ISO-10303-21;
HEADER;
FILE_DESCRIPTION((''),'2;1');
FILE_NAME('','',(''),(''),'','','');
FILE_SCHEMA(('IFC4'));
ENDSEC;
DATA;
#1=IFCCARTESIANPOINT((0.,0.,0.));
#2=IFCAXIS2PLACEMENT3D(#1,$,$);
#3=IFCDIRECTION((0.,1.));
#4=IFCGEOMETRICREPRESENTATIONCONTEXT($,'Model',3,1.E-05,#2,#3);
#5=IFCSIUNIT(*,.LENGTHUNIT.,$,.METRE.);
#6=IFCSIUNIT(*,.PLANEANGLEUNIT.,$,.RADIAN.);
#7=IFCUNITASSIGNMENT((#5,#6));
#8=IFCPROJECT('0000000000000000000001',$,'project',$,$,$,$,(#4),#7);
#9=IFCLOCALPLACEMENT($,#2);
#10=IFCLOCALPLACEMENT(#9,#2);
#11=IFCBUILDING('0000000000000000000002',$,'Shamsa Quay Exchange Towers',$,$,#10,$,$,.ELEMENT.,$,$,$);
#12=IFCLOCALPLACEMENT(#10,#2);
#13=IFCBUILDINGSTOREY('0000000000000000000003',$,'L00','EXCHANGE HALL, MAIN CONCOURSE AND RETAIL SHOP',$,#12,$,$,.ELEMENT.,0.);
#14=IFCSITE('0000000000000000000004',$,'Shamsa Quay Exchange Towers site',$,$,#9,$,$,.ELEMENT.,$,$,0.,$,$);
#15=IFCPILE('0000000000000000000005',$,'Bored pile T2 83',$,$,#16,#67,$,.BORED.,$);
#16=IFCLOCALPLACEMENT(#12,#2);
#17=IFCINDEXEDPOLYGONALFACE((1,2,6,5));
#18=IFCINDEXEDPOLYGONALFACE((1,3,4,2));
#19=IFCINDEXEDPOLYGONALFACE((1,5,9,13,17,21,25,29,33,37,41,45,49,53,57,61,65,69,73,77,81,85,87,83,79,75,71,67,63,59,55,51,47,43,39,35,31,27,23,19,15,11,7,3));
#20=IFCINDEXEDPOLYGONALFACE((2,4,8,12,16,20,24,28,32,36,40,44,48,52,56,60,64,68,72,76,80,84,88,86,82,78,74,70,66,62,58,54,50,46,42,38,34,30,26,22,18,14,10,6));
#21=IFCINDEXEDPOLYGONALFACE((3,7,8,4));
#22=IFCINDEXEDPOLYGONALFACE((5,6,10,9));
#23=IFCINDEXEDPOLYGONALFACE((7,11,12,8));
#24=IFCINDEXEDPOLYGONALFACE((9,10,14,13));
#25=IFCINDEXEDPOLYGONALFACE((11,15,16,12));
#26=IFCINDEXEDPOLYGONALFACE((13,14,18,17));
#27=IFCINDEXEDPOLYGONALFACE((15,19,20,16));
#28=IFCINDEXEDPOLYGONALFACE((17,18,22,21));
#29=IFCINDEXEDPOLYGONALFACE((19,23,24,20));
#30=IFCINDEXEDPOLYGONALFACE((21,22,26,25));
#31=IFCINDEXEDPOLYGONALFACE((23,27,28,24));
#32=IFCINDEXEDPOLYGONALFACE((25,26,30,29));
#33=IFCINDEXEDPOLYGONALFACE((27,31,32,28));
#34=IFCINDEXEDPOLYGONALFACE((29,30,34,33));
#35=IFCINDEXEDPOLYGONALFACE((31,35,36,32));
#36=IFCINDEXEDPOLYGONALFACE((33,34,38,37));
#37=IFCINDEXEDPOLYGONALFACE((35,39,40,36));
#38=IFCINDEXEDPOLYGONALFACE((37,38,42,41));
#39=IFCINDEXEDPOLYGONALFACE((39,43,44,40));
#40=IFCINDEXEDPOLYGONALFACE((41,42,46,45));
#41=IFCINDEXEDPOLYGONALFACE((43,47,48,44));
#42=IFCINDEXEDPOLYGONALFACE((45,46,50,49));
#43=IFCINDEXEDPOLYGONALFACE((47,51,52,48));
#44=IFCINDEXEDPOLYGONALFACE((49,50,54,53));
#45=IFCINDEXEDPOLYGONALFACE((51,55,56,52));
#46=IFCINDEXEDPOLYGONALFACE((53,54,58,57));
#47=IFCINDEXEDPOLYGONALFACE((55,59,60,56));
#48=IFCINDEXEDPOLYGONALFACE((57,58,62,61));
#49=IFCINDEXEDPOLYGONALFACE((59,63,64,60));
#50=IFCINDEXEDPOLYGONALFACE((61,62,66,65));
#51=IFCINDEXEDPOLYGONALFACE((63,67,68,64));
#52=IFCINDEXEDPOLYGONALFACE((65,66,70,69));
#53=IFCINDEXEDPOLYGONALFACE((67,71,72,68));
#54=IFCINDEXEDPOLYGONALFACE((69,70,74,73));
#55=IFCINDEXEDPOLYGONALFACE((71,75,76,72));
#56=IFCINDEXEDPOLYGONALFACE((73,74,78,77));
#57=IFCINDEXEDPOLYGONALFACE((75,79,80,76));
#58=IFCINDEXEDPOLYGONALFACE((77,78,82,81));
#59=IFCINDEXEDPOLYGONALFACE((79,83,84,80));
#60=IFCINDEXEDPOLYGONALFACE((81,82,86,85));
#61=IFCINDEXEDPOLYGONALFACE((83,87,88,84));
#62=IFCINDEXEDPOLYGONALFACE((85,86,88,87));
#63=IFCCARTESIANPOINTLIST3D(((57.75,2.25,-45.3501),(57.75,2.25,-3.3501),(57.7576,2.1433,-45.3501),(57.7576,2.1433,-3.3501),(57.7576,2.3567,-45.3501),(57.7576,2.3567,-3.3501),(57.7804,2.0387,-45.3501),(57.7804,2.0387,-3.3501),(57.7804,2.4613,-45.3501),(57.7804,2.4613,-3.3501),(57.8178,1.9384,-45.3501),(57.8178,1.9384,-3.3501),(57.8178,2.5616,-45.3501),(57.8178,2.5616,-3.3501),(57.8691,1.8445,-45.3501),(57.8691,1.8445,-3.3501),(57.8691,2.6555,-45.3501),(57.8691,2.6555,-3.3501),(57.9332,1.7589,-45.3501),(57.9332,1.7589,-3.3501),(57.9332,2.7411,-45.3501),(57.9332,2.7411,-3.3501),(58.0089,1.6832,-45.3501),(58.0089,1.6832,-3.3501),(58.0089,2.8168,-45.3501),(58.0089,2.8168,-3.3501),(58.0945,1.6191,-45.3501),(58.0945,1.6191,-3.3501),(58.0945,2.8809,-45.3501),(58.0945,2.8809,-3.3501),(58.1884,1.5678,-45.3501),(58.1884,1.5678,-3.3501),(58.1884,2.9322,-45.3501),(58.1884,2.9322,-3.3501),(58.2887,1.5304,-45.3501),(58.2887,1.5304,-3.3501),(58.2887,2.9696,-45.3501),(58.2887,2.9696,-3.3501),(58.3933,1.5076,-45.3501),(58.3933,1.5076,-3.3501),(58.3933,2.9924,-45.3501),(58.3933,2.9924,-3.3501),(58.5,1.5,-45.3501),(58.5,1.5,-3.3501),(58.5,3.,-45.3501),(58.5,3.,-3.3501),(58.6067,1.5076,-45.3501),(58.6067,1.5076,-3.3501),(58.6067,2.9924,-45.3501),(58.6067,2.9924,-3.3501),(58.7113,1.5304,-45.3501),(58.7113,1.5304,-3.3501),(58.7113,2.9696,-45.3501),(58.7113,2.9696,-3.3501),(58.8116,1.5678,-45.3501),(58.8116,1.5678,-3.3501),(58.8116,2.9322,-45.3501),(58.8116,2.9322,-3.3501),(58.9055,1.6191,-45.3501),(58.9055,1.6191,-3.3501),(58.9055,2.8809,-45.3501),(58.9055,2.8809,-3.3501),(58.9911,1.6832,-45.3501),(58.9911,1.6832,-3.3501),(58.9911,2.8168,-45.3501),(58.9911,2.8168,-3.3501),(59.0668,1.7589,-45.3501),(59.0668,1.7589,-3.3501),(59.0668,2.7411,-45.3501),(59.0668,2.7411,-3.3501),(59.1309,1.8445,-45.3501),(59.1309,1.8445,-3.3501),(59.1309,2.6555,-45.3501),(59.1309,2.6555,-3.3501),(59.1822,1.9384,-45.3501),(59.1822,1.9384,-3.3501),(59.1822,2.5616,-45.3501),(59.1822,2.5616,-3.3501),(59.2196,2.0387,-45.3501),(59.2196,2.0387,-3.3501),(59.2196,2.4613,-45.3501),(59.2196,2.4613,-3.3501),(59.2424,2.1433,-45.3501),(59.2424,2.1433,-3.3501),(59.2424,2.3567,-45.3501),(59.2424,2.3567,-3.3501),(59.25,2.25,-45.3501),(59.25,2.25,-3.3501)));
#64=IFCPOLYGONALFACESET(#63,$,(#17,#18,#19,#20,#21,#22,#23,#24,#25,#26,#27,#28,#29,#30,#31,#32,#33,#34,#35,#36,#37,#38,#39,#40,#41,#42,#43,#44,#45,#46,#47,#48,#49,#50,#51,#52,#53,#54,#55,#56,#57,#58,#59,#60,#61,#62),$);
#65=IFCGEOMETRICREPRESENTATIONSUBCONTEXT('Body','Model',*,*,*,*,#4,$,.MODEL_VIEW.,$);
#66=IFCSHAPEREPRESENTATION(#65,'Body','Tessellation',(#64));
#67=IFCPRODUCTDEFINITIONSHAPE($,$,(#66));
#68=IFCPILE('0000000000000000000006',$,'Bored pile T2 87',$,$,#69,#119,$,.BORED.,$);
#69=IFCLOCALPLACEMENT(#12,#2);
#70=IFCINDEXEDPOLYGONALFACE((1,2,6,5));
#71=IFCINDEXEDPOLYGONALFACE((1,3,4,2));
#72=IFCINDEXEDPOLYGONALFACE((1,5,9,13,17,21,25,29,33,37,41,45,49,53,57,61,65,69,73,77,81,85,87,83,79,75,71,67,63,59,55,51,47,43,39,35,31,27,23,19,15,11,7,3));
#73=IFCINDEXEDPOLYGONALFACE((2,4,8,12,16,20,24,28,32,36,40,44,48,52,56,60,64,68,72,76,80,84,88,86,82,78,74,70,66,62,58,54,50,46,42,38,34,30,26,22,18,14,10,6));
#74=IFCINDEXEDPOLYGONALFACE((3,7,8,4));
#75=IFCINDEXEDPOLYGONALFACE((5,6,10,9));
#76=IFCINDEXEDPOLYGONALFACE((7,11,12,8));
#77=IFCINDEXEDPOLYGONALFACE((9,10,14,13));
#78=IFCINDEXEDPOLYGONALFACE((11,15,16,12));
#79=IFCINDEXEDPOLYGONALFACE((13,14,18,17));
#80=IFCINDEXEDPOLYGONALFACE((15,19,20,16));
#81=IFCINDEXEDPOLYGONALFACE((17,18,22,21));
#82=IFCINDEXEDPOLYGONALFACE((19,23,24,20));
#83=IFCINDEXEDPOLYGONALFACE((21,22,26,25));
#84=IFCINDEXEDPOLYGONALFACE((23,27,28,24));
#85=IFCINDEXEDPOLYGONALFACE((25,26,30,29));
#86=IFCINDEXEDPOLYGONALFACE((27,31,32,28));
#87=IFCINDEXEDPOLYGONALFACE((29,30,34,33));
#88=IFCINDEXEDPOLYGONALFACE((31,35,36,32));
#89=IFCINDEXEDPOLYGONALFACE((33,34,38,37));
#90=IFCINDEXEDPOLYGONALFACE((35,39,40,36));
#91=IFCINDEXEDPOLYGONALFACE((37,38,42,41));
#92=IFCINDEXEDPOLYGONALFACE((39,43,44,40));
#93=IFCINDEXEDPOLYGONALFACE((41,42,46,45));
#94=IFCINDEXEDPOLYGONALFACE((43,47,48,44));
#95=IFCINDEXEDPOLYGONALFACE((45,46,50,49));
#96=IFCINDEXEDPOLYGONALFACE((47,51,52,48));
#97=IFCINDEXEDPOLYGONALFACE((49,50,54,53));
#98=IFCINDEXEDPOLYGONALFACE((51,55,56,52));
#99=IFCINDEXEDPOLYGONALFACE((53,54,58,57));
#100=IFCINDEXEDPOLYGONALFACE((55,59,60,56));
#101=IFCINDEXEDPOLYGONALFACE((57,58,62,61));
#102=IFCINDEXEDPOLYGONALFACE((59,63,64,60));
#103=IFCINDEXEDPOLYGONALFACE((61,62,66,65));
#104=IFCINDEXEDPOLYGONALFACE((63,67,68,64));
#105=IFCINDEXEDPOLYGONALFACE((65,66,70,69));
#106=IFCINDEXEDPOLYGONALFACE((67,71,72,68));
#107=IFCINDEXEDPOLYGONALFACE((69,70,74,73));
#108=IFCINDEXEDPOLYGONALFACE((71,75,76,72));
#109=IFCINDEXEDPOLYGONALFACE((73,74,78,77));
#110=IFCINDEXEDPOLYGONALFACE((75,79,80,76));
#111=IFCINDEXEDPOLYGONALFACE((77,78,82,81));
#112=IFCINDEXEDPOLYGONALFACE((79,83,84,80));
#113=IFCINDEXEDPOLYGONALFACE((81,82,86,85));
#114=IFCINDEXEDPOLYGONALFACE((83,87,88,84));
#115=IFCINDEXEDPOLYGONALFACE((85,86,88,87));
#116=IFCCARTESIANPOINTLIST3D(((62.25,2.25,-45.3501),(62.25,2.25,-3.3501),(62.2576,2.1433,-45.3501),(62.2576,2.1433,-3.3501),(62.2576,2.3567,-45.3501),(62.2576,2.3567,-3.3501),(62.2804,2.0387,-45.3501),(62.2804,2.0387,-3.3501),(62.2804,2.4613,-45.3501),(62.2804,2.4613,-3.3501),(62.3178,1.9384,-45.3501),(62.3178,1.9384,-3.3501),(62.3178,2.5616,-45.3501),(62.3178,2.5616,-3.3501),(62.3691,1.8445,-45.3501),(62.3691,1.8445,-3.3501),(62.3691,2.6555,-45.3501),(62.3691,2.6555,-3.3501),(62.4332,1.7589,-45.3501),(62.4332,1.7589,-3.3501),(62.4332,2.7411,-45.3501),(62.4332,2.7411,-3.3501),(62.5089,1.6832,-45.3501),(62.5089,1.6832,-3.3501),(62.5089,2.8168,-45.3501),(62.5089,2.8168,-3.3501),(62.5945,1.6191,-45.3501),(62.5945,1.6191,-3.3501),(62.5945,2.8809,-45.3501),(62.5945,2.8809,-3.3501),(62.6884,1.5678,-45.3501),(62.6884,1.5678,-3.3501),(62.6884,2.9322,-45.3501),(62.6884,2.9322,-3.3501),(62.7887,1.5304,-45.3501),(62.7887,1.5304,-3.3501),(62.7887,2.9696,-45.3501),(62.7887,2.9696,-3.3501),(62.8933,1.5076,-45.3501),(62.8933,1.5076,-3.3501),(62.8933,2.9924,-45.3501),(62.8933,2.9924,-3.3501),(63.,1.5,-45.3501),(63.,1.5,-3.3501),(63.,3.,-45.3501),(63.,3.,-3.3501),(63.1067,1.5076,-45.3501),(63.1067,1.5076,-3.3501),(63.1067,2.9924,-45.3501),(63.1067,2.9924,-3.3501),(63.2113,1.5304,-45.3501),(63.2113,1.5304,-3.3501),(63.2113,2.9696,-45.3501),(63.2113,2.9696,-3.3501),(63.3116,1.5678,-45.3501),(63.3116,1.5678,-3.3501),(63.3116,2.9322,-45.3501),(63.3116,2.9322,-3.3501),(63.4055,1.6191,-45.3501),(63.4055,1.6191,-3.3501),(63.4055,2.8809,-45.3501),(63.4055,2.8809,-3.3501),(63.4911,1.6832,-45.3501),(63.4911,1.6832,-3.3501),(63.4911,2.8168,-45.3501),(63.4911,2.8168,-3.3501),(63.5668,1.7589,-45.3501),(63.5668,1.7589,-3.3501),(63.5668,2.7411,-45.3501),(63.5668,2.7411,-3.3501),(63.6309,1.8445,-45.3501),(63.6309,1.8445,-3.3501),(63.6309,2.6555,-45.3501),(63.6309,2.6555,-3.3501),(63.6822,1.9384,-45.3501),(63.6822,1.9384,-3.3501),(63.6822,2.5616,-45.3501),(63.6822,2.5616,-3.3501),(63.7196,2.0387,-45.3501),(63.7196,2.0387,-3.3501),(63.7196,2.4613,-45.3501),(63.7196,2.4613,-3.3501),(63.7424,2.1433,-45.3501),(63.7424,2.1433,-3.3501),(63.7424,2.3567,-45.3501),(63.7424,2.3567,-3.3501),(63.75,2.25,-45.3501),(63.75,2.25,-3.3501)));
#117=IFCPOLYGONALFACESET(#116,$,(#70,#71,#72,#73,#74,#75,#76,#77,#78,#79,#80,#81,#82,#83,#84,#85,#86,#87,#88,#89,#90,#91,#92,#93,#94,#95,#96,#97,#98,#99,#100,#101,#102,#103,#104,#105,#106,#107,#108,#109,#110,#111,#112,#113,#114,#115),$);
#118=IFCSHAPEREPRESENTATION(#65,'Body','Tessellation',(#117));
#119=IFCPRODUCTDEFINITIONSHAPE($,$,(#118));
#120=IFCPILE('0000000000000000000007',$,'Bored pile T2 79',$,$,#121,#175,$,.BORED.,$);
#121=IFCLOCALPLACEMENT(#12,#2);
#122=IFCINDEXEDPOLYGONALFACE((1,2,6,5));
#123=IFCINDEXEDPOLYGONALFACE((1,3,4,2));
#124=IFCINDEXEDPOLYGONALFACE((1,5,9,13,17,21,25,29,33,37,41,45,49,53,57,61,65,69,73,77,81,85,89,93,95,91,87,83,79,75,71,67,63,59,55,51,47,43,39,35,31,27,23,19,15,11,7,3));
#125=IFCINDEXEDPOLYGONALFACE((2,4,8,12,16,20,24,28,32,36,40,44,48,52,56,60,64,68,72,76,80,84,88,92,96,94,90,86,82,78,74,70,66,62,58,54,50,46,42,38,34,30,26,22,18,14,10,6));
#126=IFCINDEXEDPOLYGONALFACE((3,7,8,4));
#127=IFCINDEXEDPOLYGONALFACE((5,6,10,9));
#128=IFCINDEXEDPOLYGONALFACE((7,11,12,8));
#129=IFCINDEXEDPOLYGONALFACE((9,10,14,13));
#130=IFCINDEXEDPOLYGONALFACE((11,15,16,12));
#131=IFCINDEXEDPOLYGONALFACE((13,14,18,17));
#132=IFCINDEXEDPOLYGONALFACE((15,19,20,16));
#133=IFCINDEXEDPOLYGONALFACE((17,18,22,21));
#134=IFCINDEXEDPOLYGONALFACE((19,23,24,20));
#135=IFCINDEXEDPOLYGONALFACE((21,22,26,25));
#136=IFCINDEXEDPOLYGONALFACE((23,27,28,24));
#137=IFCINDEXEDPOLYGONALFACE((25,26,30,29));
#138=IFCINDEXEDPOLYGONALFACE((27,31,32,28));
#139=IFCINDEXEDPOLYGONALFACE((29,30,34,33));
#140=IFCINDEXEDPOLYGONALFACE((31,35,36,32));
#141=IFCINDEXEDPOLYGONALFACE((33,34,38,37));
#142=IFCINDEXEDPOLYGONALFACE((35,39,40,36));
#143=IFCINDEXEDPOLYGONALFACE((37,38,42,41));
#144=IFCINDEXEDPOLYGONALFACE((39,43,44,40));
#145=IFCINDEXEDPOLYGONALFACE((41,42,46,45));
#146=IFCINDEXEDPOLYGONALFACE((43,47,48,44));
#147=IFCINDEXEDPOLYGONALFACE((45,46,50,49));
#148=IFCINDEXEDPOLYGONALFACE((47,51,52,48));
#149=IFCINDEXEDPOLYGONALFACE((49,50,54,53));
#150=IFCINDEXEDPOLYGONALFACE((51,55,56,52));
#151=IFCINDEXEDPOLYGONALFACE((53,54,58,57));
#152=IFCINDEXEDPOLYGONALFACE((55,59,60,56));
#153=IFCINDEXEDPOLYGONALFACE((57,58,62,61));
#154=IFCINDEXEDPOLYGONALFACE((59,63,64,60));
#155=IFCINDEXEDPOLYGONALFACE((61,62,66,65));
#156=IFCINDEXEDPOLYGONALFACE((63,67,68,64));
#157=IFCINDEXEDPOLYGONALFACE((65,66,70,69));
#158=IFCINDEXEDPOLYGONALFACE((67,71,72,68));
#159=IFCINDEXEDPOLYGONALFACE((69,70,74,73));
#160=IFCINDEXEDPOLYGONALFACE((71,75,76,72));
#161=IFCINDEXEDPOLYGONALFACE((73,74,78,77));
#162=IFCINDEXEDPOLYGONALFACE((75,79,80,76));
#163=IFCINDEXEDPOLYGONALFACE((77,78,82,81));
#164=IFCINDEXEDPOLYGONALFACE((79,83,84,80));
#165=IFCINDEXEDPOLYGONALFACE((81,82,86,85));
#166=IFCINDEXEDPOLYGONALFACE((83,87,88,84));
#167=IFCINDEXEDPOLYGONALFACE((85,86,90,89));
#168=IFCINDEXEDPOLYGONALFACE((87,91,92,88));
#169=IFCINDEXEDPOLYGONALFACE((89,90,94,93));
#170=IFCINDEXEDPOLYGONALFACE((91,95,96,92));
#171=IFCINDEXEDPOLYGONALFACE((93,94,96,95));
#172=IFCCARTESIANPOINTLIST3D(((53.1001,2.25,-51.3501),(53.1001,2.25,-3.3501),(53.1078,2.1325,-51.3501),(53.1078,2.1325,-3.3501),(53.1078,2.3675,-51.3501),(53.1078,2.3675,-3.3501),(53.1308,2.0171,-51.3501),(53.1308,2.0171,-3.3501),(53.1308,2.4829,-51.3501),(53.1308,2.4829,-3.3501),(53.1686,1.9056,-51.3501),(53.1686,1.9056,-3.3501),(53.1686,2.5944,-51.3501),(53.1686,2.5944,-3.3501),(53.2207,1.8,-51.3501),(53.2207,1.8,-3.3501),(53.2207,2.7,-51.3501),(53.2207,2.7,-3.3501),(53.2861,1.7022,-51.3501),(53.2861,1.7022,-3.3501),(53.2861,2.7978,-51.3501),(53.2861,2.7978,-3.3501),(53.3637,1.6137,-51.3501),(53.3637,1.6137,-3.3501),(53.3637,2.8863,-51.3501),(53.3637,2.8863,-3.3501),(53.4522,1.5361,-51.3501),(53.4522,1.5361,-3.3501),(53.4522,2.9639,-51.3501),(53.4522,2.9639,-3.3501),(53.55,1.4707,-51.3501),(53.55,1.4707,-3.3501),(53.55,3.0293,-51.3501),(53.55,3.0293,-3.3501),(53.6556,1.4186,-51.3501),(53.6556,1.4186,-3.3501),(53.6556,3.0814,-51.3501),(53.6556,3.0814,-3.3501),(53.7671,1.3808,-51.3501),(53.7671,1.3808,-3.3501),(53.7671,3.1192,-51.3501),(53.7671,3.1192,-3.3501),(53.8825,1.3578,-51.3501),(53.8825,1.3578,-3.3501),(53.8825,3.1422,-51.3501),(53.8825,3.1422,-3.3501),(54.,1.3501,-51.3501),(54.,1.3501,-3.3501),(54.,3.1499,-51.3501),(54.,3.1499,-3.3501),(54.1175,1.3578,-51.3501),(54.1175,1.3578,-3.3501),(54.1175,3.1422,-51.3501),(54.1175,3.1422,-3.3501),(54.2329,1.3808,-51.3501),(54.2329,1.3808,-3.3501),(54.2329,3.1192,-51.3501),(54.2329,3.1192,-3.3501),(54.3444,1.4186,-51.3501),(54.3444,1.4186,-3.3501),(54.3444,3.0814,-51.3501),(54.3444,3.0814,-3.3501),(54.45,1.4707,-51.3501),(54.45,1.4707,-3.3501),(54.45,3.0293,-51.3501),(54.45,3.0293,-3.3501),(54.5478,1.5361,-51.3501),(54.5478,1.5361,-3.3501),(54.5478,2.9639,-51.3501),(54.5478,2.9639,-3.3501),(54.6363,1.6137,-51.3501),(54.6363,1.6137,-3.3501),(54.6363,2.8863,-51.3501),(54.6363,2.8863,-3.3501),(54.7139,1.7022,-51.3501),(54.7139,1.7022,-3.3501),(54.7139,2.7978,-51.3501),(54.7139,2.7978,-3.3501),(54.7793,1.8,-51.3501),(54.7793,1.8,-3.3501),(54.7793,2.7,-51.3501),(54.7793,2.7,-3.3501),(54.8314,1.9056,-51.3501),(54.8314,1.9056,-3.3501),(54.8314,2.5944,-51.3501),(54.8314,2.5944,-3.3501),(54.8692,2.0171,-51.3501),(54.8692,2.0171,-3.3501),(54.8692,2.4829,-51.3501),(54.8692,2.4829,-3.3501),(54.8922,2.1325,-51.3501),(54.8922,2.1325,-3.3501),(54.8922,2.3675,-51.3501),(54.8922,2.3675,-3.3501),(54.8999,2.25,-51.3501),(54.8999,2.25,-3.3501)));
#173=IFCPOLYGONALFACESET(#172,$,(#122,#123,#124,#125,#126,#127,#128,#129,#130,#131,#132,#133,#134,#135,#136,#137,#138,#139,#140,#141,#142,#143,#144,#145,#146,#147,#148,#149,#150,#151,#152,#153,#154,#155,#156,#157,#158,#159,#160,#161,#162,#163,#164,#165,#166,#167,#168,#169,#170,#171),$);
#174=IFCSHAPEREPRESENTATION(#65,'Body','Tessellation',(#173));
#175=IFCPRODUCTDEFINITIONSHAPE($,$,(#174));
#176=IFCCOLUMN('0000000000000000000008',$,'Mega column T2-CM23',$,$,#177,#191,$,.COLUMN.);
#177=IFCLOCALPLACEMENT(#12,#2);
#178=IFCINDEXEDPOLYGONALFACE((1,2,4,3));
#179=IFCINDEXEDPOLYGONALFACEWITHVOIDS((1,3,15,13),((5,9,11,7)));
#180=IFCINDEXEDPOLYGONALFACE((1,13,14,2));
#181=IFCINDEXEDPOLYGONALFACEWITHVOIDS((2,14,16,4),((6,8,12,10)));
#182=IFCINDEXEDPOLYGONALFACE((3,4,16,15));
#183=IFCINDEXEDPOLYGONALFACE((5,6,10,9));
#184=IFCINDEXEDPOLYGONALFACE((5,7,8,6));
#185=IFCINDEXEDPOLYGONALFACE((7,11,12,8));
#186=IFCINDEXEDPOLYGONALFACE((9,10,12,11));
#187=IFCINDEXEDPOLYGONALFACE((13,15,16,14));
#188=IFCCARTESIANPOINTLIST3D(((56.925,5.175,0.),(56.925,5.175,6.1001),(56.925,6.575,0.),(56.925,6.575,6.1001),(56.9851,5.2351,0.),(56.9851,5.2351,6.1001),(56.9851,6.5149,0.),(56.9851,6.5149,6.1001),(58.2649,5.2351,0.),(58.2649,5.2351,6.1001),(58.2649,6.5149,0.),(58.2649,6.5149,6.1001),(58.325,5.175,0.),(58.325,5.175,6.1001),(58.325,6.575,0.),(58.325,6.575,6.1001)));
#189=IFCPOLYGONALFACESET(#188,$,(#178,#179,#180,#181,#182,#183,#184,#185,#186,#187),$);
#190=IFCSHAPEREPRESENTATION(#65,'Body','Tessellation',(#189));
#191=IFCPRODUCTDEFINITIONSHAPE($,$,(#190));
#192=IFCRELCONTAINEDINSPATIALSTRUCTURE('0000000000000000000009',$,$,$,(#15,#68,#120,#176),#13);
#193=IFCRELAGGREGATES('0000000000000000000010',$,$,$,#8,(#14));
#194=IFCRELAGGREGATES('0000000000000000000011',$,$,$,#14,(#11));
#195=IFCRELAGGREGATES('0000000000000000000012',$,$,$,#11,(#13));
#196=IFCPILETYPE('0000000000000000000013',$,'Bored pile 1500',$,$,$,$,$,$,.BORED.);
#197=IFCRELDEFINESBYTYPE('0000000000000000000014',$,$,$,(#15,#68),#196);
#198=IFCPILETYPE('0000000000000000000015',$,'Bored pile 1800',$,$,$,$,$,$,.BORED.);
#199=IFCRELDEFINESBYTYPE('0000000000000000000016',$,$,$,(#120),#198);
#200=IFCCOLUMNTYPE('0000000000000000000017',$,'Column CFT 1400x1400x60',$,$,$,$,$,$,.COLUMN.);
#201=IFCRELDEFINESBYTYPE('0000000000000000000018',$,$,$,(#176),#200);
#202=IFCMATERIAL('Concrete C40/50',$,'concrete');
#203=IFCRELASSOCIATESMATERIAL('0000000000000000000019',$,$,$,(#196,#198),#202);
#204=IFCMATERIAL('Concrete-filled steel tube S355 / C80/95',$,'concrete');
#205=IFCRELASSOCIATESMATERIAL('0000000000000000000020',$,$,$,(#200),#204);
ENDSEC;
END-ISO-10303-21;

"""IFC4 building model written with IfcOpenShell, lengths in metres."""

from ifc_helpers import new_model, si_unit, direction, frame, origin, origin_2d, place, context, subcontext, project, spatial, hollow_rectangle, circle, extrude, material, material_profile, profile_set, type_object, element, save


model = new_model("IFC4")

# Units and contexts
model_context = context("Model", 3, precision=1e-05, world=origin(), true_north=direction((0.0, 1.0)))
body_context = subcontext(model_context, "Body", "Model", "MODEL_VIEW")
ifc_project = project(units=[si_unit("LENGTHUNIT", "METRE"), si_unit("PLANEANGLEUNIT", "RADIAN")], contexts=[model_context])

# Site, building, storey
site_placement = place(None, origin())
site = spatial("IfcSite", under=ifc_project, at=site_placement, Name="Shamsa Quay Exchange Towers site", CompositionType="ELEMENT", RefElevation=0.0)
building_placement = place(site_placement, origin())
building = spatial("IfcBuilding", under=site, at=building_placement, Name="Shamsa Quay Exchange Towers", CompositionType="ELEMENT")
storey_placement = place(building_placement, origin())
storey = spatial("IfcBuildingStorey", under=building, at=storey_placement, Name="L00", Description="EXCHANGE HALL, MAIN CONCOURSE AND RETAIL SHOP", CompositionType="ELEMENT", Elevation=0.0)

# Piles
ifc_material_1 = material(Name="Concrete C40/50", Category="concrete")
ifc_material_profile_1 = material_profile(ifc_material_1, circle(Radius=0.75, at=origin_2d()), Name="BP1500")
ifc_profile_set_1 = profile_set([ifc_material_profile_1], Name="Concrete C40/50")
pile_type_1 = type_object("IfcPileType", Name="Bored pile 1500", PredefinedType="BORED", material=ifc_profile_set_1)
for number, where, z_axis, x_axis, name in (
    (1, (58.5, 2.25, -3.3501), (0.0, 0.0, -1.0), (1.0, 0.0, 0.0), "Bored pile T2 83"),
    (2, (63.0, 2.25, -3.3501), (0.0, 0.0, -1.0), (1.0, 0.0, 0.0), "Bored pile T2 87"),
):
    element("IfcPile", number, at=place(storey_placement, frame(where, z_axis=z_axis, x_axis=x_axis)), inside=storey, type_object=pile_type_1, Name=name, PredefinedType="BORED", context=body_context, shape_type="SweptSolid", body=[
        extrude(circle(Radius=0.75, at=origin_2d()), origin(), (0.0, 0.0, 1.0), 42.0),
    ])
ifc_material_profile_2 = material_profile(ifc_material_1, circle(Radius=0.8999, at=origin_2d()), Name="BP1800")
ifc_profile_set_2 = profile_set([ifc_material_profile_2], Name="Concrete C40/50")
pile_type_2 = type_object("IfcPileType", Name="Bored pile 1800", PredefinedType="BORED", material=ifc_profile_set_2)
pile_placement = place(storey_placement, frame((54.0, 2.25, -3.3501), z_axis=(0.0, 0.0, -1.0), x_axis=(1.0, 0.0, 0.0)))
element("IfcPile", 3, at=pile_placement, inside=storey, type_object=pile_type_2, Name="Bored pile T2 79", PredefinedType="BORED", context=body_context, shape_type="SweptSolid", body=[
    extrude(circle(Radius=0.8999, at=origin_2d()), origin(), (0.0, 0.0, 1.0), 48.0),
])

# Column
ifc_material_2 = material(Name="Concrete-filled steel tube S355 / C80/95", Category="concrete")
ifc_material_profile_3 = material_profile(ifc_material_2, hollow_rectangle(XDim=1.3999, YDim=1.3999, WallThickness=0.0601, at=origin_2d()), Name="CFT 1400x1400x60")
ifc_profile_set_3 = profile_set([ifc_material_profile_3], Name="Concrete-filled steel tube S355 / C80/95")
column_type = type_object("IfcColumnType", Name="Column CFT 1400x1400x60", PredefinedType="COLUMN", material=ifc_profile_set_3)
column_placement = place(storey_placement, frame((57.625, 5.875, 0.0)))
element("IfcColumn", 4, at=column_placement, inside=storey, type_object=column_type, Name="Mega column T2-CM23", PredefinedType="COLUMN", context=body_context, shape_type="SweptSolid", body=[
    extrude(hollow_rectangle(XDim=1.3999, YDim=1.3999, WallThickness=0.0601, at=origin_2d()), origin(), (0.0, 0.0, 1.0), 6.1001),
])

save(model, "model.ifc")
